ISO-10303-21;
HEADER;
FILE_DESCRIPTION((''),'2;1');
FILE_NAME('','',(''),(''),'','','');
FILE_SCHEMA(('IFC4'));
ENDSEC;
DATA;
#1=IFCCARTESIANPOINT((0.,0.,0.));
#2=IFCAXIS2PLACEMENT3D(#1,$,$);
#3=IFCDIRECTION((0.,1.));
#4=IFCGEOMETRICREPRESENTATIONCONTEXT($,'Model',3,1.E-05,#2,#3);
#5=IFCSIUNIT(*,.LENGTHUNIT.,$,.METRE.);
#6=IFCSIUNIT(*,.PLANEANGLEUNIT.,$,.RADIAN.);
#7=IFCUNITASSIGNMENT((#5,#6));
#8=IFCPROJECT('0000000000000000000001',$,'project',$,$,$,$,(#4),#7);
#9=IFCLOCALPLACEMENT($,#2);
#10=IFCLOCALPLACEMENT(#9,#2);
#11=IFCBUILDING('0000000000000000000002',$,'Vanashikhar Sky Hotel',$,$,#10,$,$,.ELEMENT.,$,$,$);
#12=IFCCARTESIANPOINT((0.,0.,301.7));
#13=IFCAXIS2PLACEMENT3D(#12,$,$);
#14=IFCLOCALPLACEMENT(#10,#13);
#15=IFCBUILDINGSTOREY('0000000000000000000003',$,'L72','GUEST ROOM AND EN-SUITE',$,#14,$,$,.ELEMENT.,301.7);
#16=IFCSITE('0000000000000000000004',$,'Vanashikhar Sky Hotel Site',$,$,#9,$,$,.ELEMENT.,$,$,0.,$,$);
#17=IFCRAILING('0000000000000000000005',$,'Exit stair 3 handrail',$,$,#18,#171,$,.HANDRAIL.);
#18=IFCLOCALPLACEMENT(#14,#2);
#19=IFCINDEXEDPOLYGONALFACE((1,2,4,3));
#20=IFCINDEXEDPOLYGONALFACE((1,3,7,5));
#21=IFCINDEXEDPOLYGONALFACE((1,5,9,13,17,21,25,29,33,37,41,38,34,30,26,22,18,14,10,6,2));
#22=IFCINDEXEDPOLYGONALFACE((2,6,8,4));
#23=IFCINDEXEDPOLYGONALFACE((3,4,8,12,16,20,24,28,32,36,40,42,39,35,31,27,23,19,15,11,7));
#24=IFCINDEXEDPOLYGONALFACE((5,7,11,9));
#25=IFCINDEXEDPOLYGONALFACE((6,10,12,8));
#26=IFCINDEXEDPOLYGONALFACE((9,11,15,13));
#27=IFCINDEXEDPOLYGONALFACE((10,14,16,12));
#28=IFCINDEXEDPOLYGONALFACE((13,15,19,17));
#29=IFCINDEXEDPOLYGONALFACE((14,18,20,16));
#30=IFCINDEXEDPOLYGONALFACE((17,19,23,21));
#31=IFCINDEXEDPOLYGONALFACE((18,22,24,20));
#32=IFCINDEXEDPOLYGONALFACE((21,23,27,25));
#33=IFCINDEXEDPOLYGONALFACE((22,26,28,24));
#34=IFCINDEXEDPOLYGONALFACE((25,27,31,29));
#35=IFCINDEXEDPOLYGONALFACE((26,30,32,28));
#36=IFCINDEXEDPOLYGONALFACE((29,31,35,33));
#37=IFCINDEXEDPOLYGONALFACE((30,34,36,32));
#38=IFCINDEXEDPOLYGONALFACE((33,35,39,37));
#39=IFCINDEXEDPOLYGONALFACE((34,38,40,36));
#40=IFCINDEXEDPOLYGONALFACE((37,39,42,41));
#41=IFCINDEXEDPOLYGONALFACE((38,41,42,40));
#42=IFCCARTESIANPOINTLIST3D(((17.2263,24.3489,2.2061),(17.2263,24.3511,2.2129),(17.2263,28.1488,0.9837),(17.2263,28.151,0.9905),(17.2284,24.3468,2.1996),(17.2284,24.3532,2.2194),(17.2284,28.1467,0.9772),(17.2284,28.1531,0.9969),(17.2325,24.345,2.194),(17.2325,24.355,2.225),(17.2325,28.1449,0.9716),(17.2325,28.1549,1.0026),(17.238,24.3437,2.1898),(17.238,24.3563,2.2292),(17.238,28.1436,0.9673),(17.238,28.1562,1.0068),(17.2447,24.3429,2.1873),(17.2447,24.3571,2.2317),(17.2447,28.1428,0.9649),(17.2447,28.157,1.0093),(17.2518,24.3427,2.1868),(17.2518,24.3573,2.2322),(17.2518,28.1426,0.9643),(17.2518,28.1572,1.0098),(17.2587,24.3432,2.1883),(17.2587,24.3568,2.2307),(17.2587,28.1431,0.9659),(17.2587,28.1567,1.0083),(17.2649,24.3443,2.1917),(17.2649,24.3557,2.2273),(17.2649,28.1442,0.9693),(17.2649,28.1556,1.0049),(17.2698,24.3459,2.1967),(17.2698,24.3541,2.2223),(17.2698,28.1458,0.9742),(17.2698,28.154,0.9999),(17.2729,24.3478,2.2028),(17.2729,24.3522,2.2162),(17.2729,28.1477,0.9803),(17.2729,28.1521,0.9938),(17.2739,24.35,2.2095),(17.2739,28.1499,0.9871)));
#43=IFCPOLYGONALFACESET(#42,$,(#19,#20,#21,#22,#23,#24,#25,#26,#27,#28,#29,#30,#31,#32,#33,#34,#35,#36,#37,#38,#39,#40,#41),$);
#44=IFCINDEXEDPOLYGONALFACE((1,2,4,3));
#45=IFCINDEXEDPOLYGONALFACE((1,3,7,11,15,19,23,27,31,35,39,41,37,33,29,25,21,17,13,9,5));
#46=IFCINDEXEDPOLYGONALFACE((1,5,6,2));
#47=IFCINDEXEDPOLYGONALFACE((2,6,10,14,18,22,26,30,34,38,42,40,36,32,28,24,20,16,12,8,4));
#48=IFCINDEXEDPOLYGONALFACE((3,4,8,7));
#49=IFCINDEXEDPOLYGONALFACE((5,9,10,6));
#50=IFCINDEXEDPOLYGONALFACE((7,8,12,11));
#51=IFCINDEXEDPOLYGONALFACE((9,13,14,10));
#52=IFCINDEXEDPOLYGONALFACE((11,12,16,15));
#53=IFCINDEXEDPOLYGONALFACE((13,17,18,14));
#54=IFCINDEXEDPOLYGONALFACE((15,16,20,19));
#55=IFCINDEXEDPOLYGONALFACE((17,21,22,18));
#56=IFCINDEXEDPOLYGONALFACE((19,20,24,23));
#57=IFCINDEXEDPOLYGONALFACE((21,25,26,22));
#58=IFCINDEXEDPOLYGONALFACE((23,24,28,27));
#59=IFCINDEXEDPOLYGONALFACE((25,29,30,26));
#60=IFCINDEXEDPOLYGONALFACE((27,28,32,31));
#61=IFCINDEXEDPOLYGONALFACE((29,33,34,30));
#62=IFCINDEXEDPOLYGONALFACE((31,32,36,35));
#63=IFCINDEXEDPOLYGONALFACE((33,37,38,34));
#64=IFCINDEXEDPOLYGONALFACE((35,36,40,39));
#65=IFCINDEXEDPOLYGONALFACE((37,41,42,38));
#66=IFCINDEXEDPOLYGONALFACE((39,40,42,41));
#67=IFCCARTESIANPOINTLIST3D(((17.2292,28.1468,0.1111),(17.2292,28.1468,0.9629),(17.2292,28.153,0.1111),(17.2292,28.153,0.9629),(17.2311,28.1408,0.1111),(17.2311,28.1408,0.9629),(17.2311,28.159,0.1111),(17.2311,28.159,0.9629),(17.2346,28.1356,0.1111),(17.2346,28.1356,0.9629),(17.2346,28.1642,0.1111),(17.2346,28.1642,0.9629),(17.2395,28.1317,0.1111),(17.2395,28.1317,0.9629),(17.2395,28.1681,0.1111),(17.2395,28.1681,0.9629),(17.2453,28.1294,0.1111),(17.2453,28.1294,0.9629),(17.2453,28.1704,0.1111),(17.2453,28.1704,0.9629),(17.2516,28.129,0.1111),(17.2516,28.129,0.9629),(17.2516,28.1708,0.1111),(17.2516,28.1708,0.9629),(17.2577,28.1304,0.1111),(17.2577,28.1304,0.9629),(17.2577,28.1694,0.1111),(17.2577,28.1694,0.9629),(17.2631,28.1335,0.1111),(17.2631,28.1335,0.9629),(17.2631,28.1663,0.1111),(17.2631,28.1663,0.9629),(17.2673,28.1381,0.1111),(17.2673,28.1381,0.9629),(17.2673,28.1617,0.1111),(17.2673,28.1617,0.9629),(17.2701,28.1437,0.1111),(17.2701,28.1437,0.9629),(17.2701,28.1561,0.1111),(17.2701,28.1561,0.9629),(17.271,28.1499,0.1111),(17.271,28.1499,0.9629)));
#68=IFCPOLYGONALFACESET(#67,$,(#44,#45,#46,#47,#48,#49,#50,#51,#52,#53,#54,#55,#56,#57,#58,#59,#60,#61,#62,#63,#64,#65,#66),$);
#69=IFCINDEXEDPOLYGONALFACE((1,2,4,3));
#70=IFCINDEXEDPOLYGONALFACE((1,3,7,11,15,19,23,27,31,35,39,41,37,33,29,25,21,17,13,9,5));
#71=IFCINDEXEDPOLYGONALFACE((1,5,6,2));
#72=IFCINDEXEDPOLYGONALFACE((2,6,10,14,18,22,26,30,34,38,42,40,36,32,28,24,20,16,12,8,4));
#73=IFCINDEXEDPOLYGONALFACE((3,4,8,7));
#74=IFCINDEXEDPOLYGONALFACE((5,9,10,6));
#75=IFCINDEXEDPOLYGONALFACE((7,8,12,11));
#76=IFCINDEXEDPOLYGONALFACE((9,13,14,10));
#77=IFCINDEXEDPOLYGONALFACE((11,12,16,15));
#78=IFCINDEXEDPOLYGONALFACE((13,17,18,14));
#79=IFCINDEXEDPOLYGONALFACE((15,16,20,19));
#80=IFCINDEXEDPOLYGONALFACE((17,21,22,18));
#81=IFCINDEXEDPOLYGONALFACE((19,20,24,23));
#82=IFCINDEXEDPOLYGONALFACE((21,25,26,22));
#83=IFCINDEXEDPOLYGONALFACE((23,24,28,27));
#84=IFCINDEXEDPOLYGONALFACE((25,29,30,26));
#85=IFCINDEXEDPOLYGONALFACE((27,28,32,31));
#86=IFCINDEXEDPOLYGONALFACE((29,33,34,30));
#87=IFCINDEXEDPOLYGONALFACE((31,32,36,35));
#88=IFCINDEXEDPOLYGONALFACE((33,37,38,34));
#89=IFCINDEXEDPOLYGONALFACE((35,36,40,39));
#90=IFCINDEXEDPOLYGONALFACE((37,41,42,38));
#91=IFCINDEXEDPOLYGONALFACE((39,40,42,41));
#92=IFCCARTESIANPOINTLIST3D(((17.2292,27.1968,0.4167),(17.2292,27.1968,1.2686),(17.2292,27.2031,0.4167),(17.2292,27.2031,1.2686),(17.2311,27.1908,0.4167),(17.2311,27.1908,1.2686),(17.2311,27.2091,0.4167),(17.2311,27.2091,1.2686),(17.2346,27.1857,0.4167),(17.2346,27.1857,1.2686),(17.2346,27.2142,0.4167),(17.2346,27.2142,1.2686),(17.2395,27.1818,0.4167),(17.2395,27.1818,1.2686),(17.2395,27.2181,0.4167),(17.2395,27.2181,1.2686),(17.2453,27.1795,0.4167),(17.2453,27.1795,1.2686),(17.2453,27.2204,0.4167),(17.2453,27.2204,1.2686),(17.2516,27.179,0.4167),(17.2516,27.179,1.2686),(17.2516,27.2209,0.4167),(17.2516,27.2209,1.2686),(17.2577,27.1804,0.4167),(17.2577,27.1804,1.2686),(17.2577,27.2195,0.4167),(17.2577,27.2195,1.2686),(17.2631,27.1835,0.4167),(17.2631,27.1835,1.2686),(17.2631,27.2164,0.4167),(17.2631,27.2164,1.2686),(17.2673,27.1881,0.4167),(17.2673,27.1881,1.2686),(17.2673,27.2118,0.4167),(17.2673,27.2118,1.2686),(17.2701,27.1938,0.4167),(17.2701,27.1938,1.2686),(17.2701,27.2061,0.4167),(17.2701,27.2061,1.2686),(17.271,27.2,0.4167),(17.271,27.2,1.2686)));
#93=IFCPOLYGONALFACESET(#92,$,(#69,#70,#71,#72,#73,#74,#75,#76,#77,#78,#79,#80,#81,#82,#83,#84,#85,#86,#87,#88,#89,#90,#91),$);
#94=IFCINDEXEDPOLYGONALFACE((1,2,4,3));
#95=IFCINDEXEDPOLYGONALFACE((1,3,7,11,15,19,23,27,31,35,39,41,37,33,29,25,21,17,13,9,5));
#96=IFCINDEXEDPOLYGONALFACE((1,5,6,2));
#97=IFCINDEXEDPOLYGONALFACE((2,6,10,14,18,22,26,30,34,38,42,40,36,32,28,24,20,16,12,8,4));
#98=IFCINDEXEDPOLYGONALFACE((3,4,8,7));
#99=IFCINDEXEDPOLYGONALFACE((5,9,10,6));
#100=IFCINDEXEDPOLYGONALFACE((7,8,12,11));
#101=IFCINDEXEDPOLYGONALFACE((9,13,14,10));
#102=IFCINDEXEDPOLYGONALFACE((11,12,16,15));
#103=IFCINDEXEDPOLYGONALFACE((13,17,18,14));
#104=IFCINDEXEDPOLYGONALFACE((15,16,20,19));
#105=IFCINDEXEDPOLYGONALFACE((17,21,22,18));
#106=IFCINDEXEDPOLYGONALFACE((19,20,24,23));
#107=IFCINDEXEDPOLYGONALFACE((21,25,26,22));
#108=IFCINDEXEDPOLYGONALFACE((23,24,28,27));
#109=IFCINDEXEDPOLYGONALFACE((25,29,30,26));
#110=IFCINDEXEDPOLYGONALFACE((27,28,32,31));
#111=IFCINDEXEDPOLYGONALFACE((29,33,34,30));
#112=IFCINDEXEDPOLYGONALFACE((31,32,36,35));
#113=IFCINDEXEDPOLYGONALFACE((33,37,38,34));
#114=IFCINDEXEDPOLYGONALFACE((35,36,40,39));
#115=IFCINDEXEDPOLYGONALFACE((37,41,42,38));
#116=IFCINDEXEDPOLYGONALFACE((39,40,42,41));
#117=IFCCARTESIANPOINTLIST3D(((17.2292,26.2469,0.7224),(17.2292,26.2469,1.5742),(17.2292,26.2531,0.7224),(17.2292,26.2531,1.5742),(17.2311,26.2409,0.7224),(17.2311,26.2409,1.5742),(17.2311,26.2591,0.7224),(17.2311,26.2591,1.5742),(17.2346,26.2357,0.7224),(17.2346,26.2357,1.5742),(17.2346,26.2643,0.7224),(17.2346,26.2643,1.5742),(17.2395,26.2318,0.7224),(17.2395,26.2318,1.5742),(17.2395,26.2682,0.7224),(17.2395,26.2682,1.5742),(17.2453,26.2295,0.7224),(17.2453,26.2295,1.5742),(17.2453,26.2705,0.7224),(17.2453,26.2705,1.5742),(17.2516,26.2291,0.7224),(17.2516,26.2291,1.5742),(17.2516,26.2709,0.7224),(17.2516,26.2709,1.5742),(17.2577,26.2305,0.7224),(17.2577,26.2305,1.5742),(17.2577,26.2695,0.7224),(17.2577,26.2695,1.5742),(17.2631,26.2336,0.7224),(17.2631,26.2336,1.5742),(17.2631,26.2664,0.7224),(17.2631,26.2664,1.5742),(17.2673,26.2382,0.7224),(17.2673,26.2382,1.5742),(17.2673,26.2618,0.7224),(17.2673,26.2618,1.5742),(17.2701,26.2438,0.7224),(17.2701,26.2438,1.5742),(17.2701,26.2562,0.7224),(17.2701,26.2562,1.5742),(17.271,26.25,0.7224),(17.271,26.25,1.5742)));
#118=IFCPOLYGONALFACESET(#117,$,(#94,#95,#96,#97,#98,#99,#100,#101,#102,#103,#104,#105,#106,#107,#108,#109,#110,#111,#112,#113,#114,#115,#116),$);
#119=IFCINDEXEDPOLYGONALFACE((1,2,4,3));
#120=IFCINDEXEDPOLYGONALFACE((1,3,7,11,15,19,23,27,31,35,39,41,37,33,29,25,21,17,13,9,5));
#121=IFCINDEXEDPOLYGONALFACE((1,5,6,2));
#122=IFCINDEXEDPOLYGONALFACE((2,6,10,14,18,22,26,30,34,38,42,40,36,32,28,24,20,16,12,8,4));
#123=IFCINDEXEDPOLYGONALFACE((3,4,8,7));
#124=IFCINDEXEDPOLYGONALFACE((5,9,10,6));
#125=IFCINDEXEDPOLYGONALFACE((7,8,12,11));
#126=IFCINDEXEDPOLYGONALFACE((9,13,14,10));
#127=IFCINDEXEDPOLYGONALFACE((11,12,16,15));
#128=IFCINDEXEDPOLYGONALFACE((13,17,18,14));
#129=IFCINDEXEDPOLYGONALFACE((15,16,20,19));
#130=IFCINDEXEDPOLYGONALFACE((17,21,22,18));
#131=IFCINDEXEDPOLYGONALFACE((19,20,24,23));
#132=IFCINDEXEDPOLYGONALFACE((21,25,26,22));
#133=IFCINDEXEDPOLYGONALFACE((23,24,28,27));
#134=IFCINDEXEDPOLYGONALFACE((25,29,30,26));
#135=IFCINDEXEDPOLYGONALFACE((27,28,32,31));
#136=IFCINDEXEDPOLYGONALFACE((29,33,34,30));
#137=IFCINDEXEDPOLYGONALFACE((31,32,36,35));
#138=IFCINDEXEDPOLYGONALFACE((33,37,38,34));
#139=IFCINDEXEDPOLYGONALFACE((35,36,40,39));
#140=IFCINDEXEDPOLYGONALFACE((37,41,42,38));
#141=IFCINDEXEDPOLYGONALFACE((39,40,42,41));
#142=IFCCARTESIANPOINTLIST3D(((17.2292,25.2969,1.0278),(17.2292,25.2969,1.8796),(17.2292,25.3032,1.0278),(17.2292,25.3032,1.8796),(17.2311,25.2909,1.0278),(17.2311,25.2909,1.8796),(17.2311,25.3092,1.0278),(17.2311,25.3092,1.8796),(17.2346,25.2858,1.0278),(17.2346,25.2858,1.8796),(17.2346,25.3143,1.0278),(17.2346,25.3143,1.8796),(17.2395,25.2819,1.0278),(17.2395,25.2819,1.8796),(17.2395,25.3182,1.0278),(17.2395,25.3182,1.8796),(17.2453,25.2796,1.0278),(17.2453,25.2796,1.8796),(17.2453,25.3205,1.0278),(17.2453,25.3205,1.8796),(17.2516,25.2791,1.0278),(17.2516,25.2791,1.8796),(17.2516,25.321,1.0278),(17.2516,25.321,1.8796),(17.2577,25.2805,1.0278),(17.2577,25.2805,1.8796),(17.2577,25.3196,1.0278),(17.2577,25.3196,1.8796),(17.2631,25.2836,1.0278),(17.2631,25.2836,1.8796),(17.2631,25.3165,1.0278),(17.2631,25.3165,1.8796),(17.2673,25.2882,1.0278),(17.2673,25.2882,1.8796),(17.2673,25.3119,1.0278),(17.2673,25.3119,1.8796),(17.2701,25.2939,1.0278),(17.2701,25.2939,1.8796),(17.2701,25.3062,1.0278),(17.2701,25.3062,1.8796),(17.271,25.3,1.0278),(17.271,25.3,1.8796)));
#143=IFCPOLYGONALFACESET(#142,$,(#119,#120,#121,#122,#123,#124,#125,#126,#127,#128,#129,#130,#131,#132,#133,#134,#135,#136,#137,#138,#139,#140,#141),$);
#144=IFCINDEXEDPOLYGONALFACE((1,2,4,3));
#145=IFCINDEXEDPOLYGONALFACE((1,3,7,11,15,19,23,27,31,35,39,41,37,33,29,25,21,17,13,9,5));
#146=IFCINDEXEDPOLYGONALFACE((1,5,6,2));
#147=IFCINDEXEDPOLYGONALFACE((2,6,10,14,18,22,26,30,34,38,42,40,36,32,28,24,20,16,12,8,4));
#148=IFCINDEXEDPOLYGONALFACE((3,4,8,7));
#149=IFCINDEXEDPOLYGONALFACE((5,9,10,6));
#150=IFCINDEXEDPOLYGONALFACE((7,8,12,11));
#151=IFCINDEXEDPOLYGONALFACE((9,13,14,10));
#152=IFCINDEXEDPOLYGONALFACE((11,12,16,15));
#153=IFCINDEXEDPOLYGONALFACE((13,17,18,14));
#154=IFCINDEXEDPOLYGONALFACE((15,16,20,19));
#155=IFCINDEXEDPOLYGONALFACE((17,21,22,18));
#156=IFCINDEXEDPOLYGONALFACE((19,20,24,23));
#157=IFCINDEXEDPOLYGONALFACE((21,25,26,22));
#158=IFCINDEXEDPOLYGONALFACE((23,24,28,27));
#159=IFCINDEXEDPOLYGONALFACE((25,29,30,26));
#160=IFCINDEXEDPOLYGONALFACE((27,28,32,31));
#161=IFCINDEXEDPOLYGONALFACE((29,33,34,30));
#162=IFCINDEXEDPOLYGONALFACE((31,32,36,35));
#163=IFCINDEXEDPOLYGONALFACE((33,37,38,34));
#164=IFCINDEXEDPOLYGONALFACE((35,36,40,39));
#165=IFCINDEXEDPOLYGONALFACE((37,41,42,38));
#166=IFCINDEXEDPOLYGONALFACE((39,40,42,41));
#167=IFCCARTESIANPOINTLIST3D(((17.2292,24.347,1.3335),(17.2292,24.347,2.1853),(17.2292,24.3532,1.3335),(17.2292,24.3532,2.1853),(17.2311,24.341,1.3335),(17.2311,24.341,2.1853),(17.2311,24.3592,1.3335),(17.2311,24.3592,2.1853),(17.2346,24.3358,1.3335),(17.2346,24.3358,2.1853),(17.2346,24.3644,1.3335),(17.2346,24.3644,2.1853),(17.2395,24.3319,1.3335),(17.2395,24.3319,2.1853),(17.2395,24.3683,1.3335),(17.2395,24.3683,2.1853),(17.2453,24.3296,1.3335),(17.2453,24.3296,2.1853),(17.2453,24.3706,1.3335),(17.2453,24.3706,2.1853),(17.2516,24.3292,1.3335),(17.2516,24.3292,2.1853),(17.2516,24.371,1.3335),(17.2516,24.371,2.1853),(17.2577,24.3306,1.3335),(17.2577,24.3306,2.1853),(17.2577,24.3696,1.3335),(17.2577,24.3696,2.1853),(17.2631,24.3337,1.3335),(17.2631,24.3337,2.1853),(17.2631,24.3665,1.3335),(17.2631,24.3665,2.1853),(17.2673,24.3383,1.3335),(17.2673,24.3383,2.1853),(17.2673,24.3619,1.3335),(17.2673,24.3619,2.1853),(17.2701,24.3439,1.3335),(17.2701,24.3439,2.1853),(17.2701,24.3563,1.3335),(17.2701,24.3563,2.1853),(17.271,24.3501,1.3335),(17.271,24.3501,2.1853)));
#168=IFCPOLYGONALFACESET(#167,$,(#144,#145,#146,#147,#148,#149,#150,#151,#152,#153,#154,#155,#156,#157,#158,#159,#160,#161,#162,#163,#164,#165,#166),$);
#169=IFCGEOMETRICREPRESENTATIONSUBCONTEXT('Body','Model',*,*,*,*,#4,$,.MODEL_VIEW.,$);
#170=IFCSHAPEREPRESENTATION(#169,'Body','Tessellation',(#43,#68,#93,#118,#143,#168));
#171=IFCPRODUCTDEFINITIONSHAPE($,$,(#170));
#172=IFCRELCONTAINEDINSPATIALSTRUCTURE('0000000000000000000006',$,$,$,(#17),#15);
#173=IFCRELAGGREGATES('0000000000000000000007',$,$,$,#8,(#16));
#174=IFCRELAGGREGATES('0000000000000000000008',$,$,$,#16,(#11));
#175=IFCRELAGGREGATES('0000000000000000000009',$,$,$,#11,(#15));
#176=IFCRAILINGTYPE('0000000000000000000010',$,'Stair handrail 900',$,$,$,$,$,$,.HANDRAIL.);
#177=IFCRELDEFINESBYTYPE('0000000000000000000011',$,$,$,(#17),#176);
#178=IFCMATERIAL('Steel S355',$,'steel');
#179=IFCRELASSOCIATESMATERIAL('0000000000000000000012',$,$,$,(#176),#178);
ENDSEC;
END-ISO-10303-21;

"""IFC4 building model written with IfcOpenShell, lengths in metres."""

from ifc_helpers import new_model, si_unit, direction, frame, origin, origin_2d, place, context, subcontext, project, spatial, circle, extrude, source, transform, mapped, material, type_object, element, save


model = new_model("IFC4")

# Units and contexts
model_context = context("Model", 3, precision=1e-05, world=origin(), true_north=direction((0.0, 1.0)))
body_context = subcontext(model_context, "Body", "Model", "MODEL_VIEW")
ifc_project = project(units=[si_unit("LENGTHUNIT", "METRE"), si_unit("PLANEANGLEUNIT", "RADIAN")], contexts=[model_context])

# Site, building, storey
site_placement = place(None, origin())
site = spatial("IfcSite", under=ifc_project, at=site_placement, Name="Vanashikhar Sky Hotel Site", CompositionType="ELEMENT", RefElevation=0.0)
building_placement = place(site_placement, origin())
building = spatial("IfcBuilding", under=site, at=building_placement, Name="Vanashikhar Sky Hotel", CompositionType="ELEMENT")
storey_placement = place(building_placement, frame((0.0, 0.0, 301.7)))
storey = spatial("IfcBuildingStorey", under=building, at=storey_placement, Name="L72", Description="GUEST ROOM AND EN-SUITE", CompositionType="ELEMENT", Elevation=301.7)

# Railing
ifc_material_1 = material(Name="Steel S355", Category="steel")
railing_type = type_object("IfcRailingType", Name="Stair handrail 900", PredefinedType="HANDRAIL", material=ifc_material_1)
shared_shape_1 = source(origin(), body_context, "Body", "SweptSolid", [
    extrude(circle(Radius=0.0239, at=origin_2d()), frame((0.0, 0.0, 0.876), z_axis=(0.0, -0.951952, 0.306247), x_axis=(1.0, 0.0, 0.0)), (0.0, 0.0, 1.0), 3.9917),
    extrude(circle(Radius=0.021, at=origin_2d()), origin(), (0.0, 0.0, 1.0), 0.8518),
    extrude(circle(Radius=0.021, at=origin_2d()), frame((0.0, -0.95, 0.3057)), (0.0, 0.0, 1.0), 0.8518),
    extrude(circle(Radius=0.021, at=origin_2d()), frame((0.0, -1.8999, 0.6113)), (0.0, 0.0, 1.0), 0.8518),
    extrude(circle(Radius=0.021, at=origin_2d()), frame((0.0, -2.8499, 0.9167)), (0.0, 0.0, 1.0), 0.8518),
    extrude(circle(Radius=0.021, at=origin_2d()), frame((0.0, -3.7998, 1.2224)), (0.0, 0.0, 1.0), 0.8518),
])
railing_1_placement = place(storey_placement, frame((17.25, 28.1499, 0.1111)))
element("IfcRailing", 1, at=railing_1_placement, inside=storey, type_object=railing_type, Name="Exit stair 3 handrail", PredefinedType="HANDRAIL", context=body_context, shape_type="MappedRepresentation", body=[
    mapped(shared_shape_1, transform((0.0, 0.0, 0.0), scale=1.0)),
])

save(model, "model.ifc")
